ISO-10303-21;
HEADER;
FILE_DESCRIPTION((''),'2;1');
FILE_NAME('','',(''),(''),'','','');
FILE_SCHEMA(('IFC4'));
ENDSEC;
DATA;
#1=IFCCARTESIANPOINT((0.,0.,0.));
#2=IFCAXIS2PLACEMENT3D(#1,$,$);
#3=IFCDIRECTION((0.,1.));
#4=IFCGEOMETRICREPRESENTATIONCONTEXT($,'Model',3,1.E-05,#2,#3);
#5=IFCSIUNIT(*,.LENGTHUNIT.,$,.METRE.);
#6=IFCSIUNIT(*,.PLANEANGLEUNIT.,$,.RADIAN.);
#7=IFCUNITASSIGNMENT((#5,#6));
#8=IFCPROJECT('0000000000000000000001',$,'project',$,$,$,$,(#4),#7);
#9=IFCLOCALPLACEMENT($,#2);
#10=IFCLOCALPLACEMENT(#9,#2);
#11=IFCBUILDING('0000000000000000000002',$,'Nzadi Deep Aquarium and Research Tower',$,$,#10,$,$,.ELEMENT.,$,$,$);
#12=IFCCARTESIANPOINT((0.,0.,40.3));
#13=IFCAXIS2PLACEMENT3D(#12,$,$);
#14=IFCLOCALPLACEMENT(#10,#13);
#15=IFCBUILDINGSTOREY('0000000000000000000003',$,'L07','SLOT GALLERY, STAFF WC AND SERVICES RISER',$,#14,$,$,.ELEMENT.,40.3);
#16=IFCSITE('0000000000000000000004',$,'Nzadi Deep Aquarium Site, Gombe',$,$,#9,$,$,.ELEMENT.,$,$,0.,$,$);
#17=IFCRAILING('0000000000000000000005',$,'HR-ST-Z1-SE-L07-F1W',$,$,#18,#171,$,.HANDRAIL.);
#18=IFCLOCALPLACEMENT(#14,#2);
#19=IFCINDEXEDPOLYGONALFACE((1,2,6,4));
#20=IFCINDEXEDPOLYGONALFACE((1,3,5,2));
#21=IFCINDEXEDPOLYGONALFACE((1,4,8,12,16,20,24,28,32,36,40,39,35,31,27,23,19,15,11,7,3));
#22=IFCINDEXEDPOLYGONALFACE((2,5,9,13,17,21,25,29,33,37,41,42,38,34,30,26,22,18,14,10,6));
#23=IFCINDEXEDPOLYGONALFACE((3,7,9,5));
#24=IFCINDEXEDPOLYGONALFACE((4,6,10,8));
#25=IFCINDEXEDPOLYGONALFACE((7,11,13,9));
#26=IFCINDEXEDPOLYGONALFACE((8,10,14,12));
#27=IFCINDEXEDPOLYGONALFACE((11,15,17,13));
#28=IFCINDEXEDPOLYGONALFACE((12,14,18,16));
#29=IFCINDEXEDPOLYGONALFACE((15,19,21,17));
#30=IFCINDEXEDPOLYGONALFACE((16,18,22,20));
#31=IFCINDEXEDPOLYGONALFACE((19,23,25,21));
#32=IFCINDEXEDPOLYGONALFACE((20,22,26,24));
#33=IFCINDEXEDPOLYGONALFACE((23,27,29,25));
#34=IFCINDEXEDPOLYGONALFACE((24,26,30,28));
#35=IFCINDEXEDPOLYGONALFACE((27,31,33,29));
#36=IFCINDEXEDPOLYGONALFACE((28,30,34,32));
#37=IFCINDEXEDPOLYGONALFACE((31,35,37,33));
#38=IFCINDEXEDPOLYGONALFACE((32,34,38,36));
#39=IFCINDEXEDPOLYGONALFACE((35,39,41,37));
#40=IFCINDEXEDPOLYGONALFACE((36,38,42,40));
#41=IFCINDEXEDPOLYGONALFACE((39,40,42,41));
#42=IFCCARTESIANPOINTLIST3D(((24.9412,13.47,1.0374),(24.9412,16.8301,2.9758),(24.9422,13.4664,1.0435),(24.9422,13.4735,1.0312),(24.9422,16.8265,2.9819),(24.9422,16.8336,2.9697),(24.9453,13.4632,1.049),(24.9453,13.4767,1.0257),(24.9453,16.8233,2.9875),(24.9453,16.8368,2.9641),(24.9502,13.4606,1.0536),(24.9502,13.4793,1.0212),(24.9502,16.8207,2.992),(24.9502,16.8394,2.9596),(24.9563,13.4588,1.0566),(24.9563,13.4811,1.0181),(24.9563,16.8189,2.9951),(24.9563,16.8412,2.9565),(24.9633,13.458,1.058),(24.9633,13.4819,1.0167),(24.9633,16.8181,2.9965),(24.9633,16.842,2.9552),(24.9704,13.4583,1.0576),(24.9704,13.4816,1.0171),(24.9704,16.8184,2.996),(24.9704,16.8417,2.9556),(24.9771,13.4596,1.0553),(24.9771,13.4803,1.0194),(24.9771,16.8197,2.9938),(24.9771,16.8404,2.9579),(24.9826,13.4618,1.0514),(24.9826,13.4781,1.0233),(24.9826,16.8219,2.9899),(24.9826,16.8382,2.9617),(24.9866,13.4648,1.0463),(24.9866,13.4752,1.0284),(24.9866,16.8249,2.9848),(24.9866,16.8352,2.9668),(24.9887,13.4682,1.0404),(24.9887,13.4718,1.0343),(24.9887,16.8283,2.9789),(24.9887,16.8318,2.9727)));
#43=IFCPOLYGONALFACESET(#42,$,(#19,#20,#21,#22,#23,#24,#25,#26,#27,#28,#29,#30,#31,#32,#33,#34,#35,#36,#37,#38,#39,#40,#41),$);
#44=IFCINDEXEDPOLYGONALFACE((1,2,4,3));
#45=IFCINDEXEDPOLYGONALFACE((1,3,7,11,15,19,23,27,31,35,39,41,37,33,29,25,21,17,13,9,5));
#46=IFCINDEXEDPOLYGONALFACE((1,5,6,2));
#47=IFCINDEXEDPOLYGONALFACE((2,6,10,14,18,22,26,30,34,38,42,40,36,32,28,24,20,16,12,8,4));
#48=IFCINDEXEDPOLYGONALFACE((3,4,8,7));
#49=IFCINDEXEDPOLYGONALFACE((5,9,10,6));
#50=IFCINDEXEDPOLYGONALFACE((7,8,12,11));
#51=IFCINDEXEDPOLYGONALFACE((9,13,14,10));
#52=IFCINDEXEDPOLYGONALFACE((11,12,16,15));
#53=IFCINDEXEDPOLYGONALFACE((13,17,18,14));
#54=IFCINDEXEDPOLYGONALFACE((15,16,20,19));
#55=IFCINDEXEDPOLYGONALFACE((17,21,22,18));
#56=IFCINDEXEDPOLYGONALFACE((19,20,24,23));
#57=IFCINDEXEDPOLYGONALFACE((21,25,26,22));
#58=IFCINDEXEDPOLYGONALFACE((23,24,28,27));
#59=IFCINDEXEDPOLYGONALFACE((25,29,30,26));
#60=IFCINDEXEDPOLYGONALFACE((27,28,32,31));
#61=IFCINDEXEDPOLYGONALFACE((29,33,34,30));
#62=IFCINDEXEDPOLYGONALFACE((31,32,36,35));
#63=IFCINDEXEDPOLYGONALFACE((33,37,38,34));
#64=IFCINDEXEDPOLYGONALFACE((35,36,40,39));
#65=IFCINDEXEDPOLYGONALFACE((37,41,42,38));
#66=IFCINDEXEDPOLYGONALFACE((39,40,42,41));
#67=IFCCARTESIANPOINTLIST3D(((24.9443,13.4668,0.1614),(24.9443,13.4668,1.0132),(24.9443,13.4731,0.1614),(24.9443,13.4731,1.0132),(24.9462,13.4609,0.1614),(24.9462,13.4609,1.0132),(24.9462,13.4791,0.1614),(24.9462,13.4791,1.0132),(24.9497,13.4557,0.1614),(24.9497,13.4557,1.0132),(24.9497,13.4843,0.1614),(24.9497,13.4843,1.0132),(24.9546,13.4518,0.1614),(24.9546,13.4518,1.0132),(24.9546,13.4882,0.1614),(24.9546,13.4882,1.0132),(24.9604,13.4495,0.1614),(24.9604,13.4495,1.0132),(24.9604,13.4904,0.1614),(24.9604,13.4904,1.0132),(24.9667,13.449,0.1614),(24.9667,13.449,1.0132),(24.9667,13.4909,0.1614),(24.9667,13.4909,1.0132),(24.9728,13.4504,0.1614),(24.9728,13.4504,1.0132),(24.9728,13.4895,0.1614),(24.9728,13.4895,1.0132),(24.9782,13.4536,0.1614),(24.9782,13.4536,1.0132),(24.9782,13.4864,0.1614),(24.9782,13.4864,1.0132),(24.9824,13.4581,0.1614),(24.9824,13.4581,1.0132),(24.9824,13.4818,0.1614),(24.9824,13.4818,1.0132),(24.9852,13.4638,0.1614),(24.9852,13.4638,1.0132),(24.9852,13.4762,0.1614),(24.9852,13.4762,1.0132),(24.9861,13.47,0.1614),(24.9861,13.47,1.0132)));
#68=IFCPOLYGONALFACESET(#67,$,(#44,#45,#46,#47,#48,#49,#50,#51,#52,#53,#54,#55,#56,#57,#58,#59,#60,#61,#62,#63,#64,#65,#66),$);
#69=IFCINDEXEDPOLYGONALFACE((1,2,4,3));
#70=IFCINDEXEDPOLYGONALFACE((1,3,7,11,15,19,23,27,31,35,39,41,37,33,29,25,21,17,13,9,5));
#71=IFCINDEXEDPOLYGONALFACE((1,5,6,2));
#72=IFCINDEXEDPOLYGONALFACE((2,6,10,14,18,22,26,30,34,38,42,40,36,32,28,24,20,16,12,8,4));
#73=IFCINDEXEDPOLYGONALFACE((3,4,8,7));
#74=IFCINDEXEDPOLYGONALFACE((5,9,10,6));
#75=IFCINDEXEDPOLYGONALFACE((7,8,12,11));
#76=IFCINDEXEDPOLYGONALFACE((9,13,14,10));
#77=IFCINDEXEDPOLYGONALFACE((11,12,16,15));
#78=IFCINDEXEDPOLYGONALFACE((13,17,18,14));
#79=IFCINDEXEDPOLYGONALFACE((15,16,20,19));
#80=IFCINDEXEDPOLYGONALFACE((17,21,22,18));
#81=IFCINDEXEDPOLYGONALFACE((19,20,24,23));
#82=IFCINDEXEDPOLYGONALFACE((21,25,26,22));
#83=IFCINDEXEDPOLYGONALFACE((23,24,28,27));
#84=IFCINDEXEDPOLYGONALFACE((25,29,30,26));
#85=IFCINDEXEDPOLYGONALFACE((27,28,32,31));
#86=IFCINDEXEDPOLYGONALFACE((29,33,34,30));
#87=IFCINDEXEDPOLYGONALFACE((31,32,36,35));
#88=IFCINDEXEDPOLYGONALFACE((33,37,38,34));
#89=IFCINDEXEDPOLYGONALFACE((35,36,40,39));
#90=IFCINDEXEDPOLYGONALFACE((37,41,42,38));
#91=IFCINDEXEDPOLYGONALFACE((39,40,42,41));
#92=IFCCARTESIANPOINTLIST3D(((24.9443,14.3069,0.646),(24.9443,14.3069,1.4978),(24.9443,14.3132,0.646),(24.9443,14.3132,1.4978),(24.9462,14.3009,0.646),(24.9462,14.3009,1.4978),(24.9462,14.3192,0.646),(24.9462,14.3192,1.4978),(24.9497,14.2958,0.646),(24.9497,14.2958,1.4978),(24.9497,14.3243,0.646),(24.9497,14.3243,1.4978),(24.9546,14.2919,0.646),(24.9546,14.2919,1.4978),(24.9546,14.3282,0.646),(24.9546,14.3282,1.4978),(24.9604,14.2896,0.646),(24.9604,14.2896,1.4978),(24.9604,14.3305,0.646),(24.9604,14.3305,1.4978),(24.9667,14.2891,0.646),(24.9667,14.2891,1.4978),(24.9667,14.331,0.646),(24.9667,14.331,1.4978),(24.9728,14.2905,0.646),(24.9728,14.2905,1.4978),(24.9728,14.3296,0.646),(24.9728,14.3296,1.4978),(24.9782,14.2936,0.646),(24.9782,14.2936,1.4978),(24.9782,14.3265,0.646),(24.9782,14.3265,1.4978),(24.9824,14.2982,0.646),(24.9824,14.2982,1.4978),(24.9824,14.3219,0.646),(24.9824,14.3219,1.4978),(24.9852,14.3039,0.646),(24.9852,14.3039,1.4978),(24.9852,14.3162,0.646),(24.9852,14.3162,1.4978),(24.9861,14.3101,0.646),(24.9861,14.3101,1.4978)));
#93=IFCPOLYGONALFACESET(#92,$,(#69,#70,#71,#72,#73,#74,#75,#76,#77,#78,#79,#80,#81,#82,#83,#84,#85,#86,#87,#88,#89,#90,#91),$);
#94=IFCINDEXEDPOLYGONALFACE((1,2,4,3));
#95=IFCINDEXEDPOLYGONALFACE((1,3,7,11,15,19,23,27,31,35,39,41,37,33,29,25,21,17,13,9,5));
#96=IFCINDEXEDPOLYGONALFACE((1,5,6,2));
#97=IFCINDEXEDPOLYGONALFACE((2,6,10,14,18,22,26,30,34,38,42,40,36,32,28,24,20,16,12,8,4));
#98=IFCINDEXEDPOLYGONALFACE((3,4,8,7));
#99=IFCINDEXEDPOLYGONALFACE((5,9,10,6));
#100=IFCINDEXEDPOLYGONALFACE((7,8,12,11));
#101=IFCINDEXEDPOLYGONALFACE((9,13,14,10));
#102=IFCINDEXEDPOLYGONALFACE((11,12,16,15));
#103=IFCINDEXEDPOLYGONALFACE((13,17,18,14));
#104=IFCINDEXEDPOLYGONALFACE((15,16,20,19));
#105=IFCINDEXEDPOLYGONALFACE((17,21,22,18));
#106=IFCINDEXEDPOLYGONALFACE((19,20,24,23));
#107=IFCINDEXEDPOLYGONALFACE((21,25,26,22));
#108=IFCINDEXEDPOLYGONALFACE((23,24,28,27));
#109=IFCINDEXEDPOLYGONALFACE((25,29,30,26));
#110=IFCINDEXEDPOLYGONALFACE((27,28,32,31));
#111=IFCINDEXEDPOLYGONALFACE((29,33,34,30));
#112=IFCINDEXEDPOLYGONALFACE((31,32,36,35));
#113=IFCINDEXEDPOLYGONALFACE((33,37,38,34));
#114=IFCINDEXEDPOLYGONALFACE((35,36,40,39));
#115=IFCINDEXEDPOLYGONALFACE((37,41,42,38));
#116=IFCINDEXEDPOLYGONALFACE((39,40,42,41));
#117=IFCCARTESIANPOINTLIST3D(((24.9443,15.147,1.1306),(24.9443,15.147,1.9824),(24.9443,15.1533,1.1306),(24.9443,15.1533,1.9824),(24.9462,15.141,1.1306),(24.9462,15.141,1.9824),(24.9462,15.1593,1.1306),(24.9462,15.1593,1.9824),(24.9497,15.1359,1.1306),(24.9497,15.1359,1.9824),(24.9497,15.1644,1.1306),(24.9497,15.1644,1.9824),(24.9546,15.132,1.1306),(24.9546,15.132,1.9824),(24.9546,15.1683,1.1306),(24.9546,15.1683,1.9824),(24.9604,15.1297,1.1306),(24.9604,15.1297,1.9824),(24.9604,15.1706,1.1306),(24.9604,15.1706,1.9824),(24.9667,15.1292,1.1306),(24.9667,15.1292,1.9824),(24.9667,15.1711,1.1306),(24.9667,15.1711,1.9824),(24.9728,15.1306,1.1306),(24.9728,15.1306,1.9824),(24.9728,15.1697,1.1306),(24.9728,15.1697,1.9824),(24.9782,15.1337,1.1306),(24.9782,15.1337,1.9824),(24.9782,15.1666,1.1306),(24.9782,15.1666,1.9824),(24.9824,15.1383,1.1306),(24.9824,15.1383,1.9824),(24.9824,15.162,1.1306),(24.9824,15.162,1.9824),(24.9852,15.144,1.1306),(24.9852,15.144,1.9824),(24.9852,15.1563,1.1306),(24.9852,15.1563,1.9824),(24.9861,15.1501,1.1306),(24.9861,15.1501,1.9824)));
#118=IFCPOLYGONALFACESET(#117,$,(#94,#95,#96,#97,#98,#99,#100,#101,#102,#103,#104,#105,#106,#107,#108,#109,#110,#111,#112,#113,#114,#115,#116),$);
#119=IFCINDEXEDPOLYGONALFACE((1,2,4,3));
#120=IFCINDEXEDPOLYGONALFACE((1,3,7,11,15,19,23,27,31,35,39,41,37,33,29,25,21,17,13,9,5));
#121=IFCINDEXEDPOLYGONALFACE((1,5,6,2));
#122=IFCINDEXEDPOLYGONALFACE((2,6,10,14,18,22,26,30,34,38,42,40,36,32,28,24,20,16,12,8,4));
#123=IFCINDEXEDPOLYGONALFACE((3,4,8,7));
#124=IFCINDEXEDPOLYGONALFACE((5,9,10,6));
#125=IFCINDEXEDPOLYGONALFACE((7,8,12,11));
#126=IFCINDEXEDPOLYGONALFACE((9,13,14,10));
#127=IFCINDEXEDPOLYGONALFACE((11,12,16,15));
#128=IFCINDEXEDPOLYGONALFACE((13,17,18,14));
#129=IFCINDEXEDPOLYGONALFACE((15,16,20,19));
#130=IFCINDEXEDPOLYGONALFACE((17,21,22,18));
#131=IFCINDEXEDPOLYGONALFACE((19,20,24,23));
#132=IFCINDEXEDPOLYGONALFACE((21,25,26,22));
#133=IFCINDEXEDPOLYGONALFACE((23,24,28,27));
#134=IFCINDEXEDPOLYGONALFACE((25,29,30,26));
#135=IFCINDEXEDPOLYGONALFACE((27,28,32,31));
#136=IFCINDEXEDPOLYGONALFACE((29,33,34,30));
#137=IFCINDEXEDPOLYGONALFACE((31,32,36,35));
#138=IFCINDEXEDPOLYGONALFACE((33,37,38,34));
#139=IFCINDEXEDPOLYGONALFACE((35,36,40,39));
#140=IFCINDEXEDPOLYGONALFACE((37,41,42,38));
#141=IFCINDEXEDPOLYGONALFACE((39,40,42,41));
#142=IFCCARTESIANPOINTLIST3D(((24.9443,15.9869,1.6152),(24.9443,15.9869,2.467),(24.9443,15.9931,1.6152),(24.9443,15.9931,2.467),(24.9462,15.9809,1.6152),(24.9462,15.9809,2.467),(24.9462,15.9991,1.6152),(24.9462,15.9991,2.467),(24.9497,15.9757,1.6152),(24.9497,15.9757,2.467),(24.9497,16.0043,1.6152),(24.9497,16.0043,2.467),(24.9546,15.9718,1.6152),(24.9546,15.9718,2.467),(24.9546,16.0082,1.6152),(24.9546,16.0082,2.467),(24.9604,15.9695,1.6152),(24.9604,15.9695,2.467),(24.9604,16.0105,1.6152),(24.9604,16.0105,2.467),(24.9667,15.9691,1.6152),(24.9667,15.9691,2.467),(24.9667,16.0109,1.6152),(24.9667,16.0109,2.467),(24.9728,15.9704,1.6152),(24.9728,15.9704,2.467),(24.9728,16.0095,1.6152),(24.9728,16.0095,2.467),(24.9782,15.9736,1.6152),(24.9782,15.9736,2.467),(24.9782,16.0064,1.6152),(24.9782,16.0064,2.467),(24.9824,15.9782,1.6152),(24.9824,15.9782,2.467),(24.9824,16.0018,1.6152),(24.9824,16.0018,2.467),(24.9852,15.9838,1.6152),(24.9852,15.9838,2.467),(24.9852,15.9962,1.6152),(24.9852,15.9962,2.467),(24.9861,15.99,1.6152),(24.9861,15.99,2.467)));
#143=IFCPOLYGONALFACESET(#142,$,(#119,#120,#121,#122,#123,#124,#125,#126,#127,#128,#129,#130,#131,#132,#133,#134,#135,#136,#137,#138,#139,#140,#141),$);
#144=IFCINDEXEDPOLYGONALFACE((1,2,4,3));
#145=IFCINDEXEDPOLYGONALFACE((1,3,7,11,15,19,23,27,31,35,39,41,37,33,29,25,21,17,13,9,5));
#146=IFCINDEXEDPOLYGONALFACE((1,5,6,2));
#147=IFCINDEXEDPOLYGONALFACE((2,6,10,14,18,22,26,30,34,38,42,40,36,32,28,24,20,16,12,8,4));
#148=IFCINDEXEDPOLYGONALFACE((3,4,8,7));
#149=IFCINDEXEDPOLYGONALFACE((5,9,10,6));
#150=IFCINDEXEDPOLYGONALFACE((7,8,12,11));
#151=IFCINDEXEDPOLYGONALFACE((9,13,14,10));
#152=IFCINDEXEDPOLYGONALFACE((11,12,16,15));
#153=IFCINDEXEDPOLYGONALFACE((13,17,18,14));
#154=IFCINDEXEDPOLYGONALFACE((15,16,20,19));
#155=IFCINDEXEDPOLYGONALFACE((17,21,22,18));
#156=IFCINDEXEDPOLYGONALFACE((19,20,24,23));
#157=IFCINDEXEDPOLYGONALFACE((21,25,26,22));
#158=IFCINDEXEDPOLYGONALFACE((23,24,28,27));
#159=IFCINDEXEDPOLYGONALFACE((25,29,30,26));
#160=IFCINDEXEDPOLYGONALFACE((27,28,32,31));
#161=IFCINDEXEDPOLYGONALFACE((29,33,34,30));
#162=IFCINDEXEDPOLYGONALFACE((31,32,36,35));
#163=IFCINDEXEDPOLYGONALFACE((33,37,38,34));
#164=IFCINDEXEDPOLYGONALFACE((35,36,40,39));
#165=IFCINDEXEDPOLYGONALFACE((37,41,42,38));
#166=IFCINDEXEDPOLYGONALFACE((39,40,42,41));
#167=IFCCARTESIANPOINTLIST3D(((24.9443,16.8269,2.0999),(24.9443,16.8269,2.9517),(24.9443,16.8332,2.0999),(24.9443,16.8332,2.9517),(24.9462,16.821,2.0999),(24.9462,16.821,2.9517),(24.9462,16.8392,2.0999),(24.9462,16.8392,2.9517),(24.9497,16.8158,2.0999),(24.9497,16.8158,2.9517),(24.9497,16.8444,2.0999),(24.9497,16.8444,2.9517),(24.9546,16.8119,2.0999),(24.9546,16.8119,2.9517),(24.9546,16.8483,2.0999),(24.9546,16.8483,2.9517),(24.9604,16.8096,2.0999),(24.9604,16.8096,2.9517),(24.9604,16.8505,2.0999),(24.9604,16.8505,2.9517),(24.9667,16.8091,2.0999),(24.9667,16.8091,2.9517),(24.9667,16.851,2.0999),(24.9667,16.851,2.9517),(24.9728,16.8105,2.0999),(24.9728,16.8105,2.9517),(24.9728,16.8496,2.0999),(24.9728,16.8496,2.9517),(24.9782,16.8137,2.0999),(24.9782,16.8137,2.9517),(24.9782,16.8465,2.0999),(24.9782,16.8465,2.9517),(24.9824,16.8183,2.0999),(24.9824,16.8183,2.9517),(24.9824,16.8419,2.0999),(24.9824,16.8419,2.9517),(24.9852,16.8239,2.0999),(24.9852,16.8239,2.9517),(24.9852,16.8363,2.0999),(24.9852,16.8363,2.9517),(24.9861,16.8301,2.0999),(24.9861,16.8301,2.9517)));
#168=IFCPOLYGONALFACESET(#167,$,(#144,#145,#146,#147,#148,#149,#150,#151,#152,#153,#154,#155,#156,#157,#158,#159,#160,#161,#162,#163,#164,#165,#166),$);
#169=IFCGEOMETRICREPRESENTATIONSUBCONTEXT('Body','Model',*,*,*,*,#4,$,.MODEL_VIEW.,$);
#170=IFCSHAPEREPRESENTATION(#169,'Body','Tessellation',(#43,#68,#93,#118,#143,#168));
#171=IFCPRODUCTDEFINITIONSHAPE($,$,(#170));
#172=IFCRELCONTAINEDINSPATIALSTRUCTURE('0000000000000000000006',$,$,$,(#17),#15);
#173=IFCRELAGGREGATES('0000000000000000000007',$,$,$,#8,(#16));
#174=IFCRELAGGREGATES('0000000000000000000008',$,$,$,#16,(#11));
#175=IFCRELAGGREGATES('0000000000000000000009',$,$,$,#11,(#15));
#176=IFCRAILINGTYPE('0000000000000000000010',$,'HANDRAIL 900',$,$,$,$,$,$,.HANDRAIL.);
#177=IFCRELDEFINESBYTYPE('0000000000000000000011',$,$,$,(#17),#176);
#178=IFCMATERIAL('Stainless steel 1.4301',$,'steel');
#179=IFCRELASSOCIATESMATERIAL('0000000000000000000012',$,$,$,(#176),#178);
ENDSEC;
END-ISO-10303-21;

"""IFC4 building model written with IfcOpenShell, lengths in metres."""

from ifc_helpers import new_model, si_unit, direction, frame, origin, origin_2d, place, context, subcontext, project, spatial, circle, extrude, material, type_object, element, save


model = new_model("IFC4")

# Units and contexts
model_context = context("Model", 3, precision=1e-05, world=origin(), true_north=direction((0.0, 1.0)))
body_context = subcontext(model_context, "Body", "Model", "MODEL_VIEW")
ifc_project = project(units=[si_unit("LENGTHUNIT", "METRE"), si_unit("PLANEANGLEUNIT", "RADIAN")], contexts=[model_context])

# Site, building, storey
site_placement = place(None, origin())
site = spatial("IfcSite", under=ifc_project, at=site_placement, Name="Nzadi Deep Aquarium Site, Gombe", CompositionType="ELEMENT", RefElevation=0.0)
building_placement = place(site_placement, origin())
building = spatial("IfcBuilding", under=site, at=building_placement, Name="Nzadi Deep Aquarium and Research Tower", CompositionType="ELEMENT")
storey_placement = place(building_placement, frame((0.0, 0.0, 40.3)))
storey = spatial("IfcBuildingStorey", under=building, at=storey_placement, Name="L07", Description="SLOT GALLERY, STAFF WC AND SERVICES RISER", CompositionType="ELEMENT", Elevation=40.3)

# Railing
ifc_material_1 = material(Name="Stainless steel 1.4301", Category="steel")
railing_type = type_object("IfcRailingType", Name="HANDRAIL 900", PredefinedType="HANDRAIL", material=ifc_material_1)
for number, where, name in (
    (1, (24.9651, 13.47, 0.1614), "HR-ST-Z1-SE-L07-F1W"),
):
    element("IfcRailing", number, at=place(storey_placement, frame(where)), inside=storey, type_object=railing_type, Name=name, PredefinedType="HANDRAIL", context=body_context, shape_type="SweptSolid", body=[
        extrude(circle(Radius=0.0239, at=origin_2d()), frame((0.0, 0.0, 0.876), z_axis=(0.0, 0.866191, 0.499713), x_axis=(-1.0, 0.0, 0.0)), (0.0, 0.0, 1.0), 3.8792),
        extrude(circle(Radius=0.021, at=origin_2d()), origin(), (0.0, 0.0, 1.0), 0.8518),
        extrude(circle(Radius=0.021, at=origin_2d()), frame((0.0, 0.8401, 0.4846)), (0.0, 0.0, 1.0), 0.8518),
        extrude(circle(Radius=0.021, at=origin_2d()), frame((0.0, 1.6802, 0.9692)), (0.0, 0.0, 1.0), 0.8518),
        extrude(circle(Radius=0.021, at=origin_2d()), frame((0.0, 2.52, 1.4539)), (0.0, 0.0, 1.0), 0.8518),
        extrude(circle(Radius=0.021, at=origin_2d()), frame((0.0, 3.3601, 1.9385)), (0.0, 0.0, 1.0), 0.8518),
    ])

save(model, "model.ifc")
